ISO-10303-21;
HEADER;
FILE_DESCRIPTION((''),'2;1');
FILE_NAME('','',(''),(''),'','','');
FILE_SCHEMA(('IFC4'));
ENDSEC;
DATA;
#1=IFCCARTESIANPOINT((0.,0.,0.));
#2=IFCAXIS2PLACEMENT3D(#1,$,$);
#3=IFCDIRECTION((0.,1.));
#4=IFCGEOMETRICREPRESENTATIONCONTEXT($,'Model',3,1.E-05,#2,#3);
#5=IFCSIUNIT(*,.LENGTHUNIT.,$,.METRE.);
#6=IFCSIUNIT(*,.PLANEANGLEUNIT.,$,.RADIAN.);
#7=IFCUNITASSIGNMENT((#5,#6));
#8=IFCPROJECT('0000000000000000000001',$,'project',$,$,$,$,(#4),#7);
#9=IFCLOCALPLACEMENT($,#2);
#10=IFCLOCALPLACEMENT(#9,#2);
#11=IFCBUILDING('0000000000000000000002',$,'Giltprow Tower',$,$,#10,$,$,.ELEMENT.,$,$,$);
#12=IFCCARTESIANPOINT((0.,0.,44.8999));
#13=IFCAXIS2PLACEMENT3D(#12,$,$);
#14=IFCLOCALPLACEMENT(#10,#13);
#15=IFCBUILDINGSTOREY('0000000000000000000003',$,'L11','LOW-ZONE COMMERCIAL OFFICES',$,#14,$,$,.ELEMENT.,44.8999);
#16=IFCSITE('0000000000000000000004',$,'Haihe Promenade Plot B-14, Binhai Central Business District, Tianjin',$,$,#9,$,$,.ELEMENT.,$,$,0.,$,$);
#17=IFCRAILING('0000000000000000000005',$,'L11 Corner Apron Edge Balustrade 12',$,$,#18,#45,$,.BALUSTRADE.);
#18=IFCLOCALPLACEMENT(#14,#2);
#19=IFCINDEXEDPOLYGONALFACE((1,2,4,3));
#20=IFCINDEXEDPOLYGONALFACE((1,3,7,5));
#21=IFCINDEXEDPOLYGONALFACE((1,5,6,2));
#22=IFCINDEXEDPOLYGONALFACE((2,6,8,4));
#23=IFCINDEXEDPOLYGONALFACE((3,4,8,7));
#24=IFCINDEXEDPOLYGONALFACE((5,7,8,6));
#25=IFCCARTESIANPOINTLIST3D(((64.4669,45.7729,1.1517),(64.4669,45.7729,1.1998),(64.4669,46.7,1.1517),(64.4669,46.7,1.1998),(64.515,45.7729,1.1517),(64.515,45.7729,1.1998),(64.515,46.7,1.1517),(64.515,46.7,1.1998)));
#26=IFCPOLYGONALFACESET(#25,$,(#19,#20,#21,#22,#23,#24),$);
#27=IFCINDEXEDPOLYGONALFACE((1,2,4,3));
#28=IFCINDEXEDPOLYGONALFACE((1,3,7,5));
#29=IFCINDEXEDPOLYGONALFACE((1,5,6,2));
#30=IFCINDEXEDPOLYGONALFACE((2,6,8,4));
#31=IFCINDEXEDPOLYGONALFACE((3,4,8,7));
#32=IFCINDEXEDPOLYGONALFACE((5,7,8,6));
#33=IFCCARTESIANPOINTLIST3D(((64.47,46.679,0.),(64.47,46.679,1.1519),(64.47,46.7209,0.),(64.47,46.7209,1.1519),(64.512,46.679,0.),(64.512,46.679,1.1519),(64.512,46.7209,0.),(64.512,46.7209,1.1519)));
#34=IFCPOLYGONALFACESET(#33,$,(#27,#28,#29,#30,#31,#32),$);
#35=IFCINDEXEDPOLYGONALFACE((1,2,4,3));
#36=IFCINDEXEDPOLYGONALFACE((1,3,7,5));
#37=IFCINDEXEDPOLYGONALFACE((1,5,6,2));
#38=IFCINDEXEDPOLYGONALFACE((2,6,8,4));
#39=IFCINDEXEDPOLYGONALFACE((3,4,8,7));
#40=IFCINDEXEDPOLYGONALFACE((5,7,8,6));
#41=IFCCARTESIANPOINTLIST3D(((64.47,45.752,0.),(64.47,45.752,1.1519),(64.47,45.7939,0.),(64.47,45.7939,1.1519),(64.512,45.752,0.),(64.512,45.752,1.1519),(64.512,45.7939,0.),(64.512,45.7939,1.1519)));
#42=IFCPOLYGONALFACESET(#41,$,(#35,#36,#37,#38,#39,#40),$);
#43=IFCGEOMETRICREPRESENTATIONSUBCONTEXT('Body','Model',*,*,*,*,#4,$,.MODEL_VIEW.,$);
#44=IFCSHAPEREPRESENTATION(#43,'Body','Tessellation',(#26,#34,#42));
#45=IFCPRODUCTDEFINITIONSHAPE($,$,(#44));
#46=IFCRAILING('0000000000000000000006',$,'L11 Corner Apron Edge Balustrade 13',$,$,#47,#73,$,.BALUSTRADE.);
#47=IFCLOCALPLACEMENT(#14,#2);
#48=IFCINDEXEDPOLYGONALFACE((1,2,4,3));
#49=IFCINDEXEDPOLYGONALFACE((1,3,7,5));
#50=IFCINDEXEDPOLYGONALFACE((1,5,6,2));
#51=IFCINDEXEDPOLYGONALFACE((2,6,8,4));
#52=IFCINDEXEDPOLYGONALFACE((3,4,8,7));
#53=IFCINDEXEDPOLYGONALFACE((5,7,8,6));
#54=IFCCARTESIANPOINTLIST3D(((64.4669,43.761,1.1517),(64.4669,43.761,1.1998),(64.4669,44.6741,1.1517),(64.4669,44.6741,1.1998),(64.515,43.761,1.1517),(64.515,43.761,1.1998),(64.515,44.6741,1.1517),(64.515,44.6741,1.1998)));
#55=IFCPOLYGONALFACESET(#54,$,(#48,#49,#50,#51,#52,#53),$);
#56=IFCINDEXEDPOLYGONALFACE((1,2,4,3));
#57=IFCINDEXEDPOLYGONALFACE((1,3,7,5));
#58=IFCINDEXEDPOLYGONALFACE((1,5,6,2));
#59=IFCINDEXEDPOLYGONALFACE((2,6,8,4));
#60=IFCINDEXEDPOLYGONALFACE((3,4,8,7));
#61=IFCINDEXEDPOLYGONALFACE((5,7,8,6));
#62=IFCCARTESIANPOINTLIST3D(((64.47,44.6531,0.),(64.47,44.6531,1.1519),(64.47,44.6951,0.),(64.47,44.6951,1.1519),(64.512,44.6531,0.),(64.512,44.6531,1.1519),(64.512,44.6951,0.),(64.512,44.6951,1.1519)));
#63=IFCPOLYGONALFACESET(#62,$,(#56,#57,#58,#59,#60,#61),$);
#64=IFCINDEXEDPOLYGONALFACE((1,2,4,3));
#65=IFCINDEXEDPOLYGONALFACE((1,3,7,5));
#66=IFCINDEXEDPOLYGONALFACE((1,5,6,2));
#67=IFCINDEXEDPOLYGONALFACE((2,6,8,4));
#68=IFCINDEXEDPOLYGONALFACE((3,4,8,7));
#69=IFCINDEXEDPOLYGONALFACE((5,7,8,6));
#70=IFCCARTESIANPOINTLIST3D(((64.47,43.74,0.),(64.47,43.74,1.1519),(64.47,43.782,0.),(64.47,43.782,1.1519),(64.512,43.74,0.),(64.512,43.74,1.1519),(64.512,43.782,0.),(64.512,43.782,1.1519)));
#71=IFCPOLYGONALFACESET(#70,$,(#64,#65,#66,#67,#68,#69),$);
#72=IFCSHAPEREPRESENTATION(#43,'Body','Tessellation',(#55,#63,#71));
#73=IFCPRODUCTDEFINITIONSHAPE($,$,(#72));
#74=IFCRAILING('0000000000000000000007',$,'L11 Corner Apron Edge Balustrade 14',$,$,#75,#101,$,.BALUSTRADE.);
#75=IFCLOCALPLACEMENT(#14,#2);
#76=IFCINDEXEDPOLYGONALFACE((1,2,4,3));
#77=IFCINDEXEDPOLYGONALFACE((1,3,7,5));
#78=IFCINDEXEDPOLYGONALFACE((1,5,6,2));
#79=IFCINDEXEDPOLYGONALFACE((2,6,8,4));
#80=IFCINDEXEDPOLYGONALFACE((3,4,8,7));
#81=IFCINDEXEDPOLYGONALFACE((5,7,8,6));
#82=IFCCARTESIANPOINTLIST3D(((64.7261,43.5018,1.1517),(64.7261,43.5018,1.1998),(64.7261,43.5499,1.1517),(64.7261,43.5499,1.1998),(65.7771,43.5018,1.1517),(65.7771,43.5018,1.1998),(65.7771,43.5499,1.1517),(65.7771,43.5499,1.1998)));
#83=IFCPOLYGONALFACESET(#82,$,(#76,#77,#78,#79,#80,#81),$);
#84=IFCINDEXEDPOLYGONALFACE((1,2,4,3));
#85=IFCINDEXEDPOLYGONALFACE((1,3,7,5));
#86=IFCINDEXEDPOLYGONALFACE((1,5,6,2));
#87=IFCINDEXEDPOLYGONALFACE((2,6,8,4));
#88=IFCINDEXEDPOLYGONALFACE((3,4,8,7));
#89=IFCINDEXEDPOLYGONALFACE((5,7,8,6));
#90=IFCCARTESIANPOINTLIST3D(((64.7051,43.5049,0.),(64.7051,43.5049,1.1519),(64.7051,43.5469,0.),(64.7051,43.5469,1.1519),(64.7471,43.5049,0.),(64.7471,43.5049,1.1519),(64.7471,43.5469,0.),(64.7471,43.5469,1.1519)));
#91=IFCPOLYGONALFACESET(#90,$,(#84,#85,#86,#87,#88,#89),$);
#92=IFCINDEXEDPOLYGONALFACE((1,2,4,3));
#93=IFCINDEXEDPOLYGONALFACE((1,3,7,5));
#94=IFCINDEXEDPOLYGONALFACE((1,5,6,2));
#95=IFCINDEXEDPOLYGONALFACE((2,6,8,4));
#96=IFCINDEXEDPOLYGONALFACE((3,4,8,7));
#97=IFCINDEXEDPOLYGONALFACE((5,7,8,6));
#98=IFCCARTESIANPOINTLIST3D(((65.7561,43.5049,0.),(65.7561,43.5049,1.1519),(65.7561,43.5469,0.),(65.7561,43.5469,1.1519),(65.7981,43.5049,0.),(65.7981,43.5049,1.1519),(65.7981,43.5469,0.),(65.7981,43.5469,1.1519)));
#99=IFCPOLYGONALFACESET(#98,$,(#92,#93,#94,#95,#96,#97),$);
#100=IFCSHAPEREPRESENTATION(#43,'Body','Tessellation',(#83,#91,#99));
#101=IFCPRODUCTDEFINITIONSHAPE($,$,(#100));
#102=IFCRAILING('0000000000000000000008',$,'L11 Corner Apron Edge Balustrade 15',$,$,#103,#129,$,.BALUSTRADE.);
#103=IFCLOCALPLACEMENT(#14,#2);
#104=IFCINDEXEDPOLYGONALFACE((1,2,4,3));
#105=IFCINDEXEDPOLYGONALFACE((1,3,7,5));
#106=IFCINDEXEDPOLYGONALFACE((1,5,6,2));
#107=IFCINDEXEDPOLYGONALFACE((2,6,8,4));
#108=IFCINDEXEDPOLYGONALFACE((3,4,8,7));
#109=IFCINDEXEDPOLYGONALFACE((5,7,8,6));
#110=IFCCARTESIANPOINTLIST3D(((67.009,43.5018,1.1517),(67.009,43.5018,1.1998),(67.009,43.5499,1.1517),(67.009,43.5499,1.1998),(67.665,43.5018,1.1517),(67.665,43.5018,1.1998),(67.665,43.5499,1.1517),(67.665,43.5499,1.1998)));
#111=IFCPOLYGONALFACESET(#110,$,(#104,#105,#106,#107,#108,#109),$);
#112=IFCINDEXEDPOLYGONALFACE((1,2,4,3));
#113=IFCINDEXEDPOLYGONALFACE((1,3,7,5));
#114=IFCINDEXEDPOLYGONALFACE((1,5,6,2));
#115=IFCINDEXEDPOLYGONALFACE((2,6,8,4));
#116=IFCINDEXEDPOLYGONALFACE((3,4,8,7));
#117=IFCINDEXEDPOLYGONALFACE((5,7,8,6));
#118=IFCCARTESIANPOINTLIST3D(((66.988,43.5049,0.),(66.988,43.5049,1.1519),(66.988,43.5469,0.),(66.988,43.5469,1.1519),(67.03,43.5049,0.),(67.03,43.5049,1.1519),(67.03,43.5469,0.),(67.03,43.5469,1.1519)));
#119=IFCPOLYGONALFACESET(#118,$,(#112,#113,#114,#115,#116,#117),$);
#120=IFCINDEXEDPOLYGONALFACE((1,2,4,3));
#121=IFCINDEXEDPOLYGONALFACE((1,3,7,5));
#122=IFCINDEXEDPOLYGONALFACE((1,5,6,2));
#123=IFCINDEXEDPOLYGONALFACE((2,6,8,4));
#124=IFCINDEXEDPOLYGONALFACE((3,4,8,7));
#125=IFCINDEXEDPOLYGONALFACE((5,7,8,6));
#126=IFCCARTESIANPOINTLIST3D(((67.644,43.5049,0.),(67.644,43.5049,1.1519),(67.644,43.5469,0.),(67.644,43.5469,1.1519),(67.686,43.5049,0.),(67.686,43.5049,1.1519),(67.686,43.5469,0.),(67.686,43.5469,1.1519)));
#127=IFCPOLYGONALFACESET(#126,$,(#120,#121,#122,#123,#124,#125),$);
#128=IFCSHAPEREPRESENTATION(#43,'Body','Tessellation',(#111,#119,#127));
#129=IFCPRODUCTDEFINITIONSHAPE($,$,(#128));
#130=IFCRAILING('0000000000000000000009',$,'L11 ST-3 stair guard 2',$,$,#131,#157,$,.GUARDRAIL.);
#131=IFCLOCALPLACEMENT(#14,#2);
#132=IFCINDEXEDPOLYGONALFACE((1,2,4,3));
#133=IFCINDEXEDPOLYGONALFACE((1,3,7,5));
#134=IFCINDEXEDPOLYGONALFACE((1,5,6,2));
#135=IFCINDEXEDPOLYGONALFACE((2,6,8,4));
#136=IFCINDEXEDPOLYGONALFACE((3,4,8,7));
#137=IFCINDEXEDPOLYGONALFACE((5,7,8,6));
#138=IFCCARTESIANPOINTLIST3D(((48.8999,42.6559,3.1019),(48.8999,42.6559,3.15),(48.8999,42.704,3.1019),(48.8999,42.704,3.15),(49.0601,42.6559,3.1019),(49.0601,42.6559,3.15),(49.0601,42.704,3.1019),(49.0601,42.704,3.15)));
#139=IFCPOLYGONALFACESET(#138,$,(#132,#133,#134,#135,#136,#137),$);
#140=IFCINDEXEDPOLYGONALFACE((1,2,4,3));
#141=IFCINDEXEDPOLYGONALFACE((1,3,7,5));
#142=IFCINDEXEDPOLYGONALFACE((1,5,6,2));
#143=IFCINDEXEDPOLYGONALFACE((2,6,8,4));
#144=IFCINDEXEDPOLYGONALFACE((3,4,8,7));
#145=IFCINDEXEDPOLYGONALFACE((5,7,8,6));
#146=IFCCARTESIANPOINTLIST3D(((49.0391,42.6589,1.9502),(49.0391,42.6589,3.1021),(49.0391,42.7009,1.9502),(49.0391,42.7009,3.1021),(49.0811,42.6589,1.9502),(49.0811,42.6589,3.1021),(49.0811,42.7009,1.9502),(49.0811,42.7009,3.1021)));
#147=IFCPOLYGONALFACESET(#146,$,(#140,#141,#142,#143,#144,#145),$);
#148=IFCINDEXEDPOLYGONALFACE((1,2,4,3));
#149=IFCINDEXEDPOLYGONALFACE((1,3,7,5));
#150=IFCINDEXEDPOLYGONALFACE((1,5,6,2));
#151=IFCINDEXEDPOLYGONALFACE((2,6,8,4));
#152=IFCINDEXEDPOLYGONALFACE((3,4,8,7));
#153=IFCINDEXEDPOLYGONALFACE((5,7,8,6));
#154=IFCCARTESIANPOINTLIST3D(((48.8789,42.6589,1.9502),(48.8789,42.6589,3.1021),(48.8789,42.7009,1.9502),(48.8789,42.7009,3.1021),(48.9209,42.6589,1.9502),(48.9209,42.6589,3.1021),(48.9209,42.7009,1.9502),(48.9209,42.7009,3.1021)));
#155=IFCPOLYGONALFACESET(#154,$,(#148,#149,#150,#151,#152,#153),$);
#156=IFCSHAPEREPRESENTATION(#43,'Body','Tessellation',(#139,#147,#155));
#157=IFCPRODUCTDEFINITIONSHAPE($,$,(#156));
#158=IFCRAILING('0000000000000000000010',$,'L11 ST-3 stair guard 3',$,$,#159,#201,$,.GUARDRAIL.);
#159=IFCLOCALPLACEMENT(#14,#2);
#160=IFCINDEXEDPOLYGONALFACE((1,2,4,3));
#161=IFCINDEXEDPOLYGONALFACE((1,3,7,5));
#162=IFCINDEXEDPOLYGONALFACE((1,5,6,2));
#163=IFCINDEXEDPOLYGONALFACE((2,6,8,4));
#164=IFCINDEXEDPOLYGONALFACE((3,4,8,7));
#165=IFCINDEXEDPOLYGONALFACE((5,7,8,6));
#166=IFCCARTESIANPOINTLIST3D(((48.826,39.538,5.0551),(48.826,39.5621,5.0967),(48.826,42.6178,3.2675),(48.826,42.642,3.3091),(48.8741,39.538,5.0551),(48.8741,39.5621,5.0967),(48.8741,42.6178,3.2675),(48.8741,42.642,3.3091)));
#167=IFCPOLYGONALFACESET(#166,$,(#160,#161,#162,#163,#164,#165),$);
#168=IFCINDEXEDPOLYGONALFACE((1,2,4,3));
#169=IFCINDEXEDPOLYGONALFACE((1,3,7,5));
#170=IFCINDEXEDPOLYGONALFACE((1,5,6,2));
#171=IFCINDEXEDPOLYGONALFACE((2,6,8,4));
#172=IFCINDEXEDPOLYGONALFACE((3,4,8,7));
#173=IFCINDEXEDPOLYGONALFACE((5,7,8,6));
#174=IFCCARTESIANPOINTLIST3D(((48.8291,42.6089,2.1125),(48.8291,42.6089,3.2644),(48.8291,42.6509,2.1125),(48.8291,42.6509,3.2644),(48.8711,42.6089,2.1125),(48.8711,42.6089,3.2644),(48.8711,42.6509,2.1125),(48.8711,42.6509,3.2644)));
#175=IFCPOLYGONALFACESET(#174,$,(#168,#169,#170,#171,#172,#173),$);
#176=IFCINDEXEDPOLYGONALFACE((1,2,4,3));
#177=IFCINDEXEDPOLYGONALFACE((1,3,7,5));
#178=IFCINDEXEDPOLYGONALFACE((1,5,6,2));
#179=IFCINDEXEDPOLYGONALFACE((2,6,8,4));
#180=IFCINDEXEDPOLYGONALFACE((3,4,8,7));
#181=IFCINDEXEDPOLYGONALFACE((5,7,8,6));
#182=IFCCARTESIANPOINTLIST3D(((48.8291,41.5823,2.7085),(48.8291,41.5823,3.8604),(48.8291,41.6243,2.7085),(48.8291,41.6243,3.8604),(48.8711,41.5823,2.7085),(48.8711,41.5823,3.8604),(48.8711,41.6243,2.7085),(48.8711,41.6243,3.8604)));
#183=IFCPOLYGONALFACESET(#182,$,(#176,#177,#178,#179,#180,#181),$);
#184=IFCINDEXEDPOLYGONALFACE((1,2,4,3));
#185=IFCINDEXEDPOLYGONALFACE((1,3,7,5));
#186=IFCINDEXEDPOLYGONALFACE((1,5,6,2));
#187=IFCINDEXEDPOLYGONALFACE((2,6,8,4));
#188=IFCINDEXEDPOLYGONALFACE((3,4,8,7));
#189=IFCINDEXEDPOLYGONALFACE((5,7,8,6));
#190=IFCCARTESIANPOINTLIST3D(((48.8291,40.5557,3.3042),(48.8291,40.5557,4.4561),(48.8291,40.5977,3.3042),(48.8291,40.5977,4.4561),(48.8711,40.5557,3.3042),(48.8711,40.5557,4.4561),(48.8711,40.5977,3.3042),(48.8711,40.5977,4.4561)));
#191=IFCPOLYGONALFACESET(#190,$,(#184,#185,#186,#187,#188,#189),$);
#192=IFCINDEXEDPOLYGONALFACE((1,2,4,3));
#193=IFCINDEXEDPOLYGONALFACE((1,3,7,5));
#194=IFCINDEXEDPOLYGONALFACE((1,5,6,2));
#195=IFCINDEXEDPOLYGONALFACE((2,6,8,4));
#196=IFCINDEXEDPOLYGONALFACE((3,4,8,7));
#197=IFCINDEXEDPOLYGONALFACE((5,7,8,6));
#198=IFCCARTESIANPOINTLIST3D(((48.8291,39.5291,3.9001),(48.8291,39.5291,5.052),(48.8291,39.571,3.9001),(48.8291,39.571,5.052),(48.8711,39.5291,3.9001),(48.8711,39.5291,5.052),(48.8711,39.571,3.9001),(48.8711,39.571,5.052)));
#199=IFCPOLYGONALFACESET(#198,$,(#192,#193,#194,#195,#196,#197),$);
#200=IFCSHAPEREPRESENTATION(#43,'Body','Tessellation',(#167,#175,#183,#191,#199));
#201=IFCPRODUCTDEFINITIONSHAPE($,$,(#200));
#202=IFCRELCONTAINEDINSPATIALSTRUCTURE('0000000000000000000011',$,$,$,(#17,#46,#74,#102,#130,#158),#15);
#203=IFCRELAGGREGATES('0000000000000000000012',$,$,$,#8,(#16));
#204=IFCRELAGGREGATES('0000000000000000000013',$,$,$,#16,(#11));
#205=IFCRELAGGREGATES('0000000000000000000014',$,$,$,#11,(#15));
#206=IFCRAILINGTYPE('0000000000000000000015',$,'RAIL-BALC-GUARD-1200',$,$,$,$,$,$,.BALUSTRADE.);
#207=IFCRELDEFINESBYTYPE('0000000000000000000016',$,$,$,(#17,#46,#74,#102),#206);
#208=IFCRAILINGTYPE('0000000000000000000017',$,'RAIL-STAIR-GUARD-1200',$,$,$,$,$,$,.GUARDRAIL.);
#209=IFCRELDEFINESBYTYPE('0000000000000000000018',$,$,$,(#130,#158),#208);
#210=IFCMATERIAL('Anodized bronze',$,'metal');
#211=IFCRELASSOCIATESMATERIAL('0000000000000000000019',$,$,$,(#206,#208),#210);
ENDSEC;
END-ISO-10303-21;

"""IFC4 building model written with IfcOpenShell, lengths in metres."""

from ifc_helpers import new_model, si_unit, direction, frame, origin, origin_2d, place, context, subcontext, project, spatial, rectangle, extrude, material, type_object, element, save


model = new_model("IFC4")

# Units and contexts
model_context = context("Model", 3, precision=1e-05, world=origin(), true_north=direction((0.0, 1.0)))
body_context = subcontext(model_context, "Body", "Model", "MODEL_VIEW")
ifc_project = project(units=[si_unit("LENGTHUNIT", "METRE"), si_unit("PLANEANGLEUNIT", "RADIAN")], contexts=[model_context])

# Site, building, storey
site_placement = place(None, origin())
site = spatial("IfcSite", under=ifc_project, at=site_placement, Name="Haihe Promenade Plot B-14, Binhai Central Business District, Tianjin", CompositionType="ELEMENT", RefElevation=0.0)
building_placement = place(site_placement, origin())
building = spatial("IfcBuilding", under=site, at=building_placement, Name="Giltprow Tower", CompositionType="ELEMENT")
storey_placement = place(building_placement, frame((0.0, 0.0, 44.8999)))
storey = spatial("IfcBuildingStorey", under=building, at=storey_placement, Name="L11", Description="LOW-ZONE COMMERCIAL OFFICES", CompositionType="ELEMENT", Elevation=44.8999)

# Railings
ifc_material_1 = material(Name="Anodized bronze", Category="metal")
railing_type_1 = type_object("IfcRailingType", Name="RAIL-BALC-GUARD-1200", PredefinedType="BALUSTRADE", material=ifc_material_1)
railing_1_placement = place(storey_placement, frame((64.491, 46.7, 0.0)))
element("IfcRailing", 1, at=railing_1_placement, inside=storey, type_object=railing_type_1, Name="L11 Corner Apron Edge Balustrade 12", PredefinedType="BALUSTRADE", context=body_context, shape_type="SweptSolid", body=[
    extrude(rectangle(XDim=0.0481, YDim=0.0481, at=origin_2d()), frame((0.0, 0.0, 1.1758), z_axis=(0.0, -1.0, 0.0), x_axis=(1.0, 0.0, 0.0)), (0.0, 0.0, 1.0), 0.927),
    extrude(rectangle(XDim=0.042, YDim=0.042, at=origin_2d()), origin(), (0.0, 0.0, 1.0), 1.1519),
    extrude(rectangle(XDim=0.042, YDim=0.042, at=origin_2d()), frame((0.0, -0.927, 0.0)), (0.0, 0.0, 1.0), 1.1519),
])
railing_2_placement = place(storey_placement, frame((64.491, 44.6741, 0.0)))
element("IfcRailing", 2, at=railing_2_placement, inside=storey, type_object=railing_type_1, Name="L11 Corner Apron Edge Balustrade 13", PredefinedType="BALUSTRADE", context=body_context, shape_type="SweptSolid", body=[
    extrude(rectangle(XDim=0.0481, YDim=0.0481, at=origin_2d()), frame((0.0, 0.0, 1.1758), z_axis=(0.0, -1.0, 0.0), x_axis=(1.0, 0.0, 0.0)), (0.0, 0.0, 1.0), 0.9131),
    extrude(rectangle(XDim=0.042, YDim=0.042, at=origin_2d()), origin(), (0.0, 0.0, 1.0), 1.1519),
    extrude(rectangle(XDim=0.042, YDim=0.042, at=origin_2d()), frame((0.0, -0.9131, 0.0)), (0.0, 0.0, 1.0), 1.1519),
])
railing_3_placement = place(storey_placement, frame((64.7261, 43.5259, 0.0)))
element("IfcRailing", 3, at=railing_3_placement, inside=storey, type_object=railing_type_1, Name="L11 Corner Apron Edge Balustrade 14", PredefinedType="BALUSTRADE", context=body_context, shape_type="SweptSolid", body=[
    extrude(rectangle(XDim=0.0481, YDim=0.0481, at=origin_2d()), frame((0.0, 0.0, 1.1758), z_axis=(1.0, 0.0, 0.0), x_axis=(0.0, 1.0, 0.0)), (0.0, 0.0, 1.0), 1.051),
    extrude(rectangle(XDim=0.042, YDim=0.042, at=origin_2d()), origin(), (0.0, 0.0, 1.0), 1.1519),
    extrude(rectangle(XDim=0.042, YDim=0.042, at=origin_2d()), frame((1.051, 0.0, 0.0)), (0.0, 0.0, 1.0), 1.1519),
])
railing_4_placement = place(storey_placement, frame((67.009, 43.5259, 0.0)))
element("IfcRailing", 4, at=railing_4_placement, inside=storey, type_object=railing_type_1, Name="L11 Corner Apron Edge Balustrade 15", PredefinedType="BALUSTRADE", context=body_context, shape_type="SweptSolid", body=[
    extrude(rectangle(XDim=0.0481, YDim=0.0481, at=origin_2d()), frame((0.0, 0.0, 1.1758), z_axis=(1.0, 0.0, 0.0), x_axis=(0.0, 1.0, 0.0)), (0.0, 0.0, 1.0), 0.656),
    extrude(rectangle(XDim=0.042, YDim=0.042, at=origin_2d()), origin(), (0.0, 0.0, 1.0), 1.1519),
    extrude(rectangle(XDim=0.042, YDim=0.042, at=origin_2d()), frame((0.656, 0.0, 0.0)), (0.0, 0.0, 1.0), 1.1519),
])
railing_type_2 = type_object("IfcRailingType", Name="RAIL-STAIR-GUARD-1200", PredefinedType="GUARDRAIL", material=ifc_material_1)
railing_5_placement = place(storey_placement, frame((49.0601, 42.6799, 1.9502)))
element("IfcRailing", 5, at=railing_5_placement, inside=storey, type_object=railing_type_2, Name="L11 ST-3 stair guard 2", PredefinedType="GUARDRAIL", context=body_context, shape_type="SweptSolid", body=[
    extrude(rectangle(XDim=0.0481, YDim=0.0481, at=origin_2d()), frame((0.0, 0.0, 1.1758), z_axis=(-1.0, 0.0, 0.0), x_axis=(0.0, -1.0, 0.0)), (0.0, 0.0, 1.0), 0.1602),
    extrude(rectangle(XDim=0.042, YDim=0.042, at=origin_2d()), origin(), (0.0, 0.0, 1.0), 1.1519),
    extrude(rectangle(XDim=0.042, YDim=0.042, at=origin_2d()), frame((-0.1602, 0.0, 0.0)), (0.0, 0.0, 1.0), 1.1519),
])
railing_6_placement = place(storey_placement, frame((48.8501, 42.6299, 2.1125)))
element("IfcRailing", 6, at=railing_6_placement, inside=storey, type_object=railing_type_2, Name="L11 ST-3 stair guard 3", PredefinedType="GUARDRAIL", context=body_context, shape_type="SweptSolid", body=[
    extrude(rectangle(XDim=0.0481, YDim=0.0481, at=origin_2d()), frame((0.0, 0.0, 1.1758), z_axis=(0.0, -0.864873, 0.50199), x_axis=(1.0, 0.0, 0.0)), (0.0, 0.0, 1.0), 3.561),
    extrude(rectangle(XDim=0.042, YDim=0.042, at=origin_2d()), origin(), (0.0, 0.0, 1.0), 1.1519),
    extrude(rectangle(XDim=0.042, YDim=0.042, at=origin_2d()), frame((0.0, -1.0266, 0.5959)), (0.0, 0.0, 1.0), 1.1519),
    extrude(rectangle(XDim=0.042, YDim=0.042, at=origin_2d()), frame((0.0, -2.0532, 1.1917)), (0.0, 0.0, 1.0), 1.1519),
    extrude(rectangle(XDim=0.042, YDim=0.042, at=origin_2d()), frame((0.0, -3.0798, 1.7876)), (0.0, 0.0, 1.0), 1.1519),
])

save(model, "model.ifc")
